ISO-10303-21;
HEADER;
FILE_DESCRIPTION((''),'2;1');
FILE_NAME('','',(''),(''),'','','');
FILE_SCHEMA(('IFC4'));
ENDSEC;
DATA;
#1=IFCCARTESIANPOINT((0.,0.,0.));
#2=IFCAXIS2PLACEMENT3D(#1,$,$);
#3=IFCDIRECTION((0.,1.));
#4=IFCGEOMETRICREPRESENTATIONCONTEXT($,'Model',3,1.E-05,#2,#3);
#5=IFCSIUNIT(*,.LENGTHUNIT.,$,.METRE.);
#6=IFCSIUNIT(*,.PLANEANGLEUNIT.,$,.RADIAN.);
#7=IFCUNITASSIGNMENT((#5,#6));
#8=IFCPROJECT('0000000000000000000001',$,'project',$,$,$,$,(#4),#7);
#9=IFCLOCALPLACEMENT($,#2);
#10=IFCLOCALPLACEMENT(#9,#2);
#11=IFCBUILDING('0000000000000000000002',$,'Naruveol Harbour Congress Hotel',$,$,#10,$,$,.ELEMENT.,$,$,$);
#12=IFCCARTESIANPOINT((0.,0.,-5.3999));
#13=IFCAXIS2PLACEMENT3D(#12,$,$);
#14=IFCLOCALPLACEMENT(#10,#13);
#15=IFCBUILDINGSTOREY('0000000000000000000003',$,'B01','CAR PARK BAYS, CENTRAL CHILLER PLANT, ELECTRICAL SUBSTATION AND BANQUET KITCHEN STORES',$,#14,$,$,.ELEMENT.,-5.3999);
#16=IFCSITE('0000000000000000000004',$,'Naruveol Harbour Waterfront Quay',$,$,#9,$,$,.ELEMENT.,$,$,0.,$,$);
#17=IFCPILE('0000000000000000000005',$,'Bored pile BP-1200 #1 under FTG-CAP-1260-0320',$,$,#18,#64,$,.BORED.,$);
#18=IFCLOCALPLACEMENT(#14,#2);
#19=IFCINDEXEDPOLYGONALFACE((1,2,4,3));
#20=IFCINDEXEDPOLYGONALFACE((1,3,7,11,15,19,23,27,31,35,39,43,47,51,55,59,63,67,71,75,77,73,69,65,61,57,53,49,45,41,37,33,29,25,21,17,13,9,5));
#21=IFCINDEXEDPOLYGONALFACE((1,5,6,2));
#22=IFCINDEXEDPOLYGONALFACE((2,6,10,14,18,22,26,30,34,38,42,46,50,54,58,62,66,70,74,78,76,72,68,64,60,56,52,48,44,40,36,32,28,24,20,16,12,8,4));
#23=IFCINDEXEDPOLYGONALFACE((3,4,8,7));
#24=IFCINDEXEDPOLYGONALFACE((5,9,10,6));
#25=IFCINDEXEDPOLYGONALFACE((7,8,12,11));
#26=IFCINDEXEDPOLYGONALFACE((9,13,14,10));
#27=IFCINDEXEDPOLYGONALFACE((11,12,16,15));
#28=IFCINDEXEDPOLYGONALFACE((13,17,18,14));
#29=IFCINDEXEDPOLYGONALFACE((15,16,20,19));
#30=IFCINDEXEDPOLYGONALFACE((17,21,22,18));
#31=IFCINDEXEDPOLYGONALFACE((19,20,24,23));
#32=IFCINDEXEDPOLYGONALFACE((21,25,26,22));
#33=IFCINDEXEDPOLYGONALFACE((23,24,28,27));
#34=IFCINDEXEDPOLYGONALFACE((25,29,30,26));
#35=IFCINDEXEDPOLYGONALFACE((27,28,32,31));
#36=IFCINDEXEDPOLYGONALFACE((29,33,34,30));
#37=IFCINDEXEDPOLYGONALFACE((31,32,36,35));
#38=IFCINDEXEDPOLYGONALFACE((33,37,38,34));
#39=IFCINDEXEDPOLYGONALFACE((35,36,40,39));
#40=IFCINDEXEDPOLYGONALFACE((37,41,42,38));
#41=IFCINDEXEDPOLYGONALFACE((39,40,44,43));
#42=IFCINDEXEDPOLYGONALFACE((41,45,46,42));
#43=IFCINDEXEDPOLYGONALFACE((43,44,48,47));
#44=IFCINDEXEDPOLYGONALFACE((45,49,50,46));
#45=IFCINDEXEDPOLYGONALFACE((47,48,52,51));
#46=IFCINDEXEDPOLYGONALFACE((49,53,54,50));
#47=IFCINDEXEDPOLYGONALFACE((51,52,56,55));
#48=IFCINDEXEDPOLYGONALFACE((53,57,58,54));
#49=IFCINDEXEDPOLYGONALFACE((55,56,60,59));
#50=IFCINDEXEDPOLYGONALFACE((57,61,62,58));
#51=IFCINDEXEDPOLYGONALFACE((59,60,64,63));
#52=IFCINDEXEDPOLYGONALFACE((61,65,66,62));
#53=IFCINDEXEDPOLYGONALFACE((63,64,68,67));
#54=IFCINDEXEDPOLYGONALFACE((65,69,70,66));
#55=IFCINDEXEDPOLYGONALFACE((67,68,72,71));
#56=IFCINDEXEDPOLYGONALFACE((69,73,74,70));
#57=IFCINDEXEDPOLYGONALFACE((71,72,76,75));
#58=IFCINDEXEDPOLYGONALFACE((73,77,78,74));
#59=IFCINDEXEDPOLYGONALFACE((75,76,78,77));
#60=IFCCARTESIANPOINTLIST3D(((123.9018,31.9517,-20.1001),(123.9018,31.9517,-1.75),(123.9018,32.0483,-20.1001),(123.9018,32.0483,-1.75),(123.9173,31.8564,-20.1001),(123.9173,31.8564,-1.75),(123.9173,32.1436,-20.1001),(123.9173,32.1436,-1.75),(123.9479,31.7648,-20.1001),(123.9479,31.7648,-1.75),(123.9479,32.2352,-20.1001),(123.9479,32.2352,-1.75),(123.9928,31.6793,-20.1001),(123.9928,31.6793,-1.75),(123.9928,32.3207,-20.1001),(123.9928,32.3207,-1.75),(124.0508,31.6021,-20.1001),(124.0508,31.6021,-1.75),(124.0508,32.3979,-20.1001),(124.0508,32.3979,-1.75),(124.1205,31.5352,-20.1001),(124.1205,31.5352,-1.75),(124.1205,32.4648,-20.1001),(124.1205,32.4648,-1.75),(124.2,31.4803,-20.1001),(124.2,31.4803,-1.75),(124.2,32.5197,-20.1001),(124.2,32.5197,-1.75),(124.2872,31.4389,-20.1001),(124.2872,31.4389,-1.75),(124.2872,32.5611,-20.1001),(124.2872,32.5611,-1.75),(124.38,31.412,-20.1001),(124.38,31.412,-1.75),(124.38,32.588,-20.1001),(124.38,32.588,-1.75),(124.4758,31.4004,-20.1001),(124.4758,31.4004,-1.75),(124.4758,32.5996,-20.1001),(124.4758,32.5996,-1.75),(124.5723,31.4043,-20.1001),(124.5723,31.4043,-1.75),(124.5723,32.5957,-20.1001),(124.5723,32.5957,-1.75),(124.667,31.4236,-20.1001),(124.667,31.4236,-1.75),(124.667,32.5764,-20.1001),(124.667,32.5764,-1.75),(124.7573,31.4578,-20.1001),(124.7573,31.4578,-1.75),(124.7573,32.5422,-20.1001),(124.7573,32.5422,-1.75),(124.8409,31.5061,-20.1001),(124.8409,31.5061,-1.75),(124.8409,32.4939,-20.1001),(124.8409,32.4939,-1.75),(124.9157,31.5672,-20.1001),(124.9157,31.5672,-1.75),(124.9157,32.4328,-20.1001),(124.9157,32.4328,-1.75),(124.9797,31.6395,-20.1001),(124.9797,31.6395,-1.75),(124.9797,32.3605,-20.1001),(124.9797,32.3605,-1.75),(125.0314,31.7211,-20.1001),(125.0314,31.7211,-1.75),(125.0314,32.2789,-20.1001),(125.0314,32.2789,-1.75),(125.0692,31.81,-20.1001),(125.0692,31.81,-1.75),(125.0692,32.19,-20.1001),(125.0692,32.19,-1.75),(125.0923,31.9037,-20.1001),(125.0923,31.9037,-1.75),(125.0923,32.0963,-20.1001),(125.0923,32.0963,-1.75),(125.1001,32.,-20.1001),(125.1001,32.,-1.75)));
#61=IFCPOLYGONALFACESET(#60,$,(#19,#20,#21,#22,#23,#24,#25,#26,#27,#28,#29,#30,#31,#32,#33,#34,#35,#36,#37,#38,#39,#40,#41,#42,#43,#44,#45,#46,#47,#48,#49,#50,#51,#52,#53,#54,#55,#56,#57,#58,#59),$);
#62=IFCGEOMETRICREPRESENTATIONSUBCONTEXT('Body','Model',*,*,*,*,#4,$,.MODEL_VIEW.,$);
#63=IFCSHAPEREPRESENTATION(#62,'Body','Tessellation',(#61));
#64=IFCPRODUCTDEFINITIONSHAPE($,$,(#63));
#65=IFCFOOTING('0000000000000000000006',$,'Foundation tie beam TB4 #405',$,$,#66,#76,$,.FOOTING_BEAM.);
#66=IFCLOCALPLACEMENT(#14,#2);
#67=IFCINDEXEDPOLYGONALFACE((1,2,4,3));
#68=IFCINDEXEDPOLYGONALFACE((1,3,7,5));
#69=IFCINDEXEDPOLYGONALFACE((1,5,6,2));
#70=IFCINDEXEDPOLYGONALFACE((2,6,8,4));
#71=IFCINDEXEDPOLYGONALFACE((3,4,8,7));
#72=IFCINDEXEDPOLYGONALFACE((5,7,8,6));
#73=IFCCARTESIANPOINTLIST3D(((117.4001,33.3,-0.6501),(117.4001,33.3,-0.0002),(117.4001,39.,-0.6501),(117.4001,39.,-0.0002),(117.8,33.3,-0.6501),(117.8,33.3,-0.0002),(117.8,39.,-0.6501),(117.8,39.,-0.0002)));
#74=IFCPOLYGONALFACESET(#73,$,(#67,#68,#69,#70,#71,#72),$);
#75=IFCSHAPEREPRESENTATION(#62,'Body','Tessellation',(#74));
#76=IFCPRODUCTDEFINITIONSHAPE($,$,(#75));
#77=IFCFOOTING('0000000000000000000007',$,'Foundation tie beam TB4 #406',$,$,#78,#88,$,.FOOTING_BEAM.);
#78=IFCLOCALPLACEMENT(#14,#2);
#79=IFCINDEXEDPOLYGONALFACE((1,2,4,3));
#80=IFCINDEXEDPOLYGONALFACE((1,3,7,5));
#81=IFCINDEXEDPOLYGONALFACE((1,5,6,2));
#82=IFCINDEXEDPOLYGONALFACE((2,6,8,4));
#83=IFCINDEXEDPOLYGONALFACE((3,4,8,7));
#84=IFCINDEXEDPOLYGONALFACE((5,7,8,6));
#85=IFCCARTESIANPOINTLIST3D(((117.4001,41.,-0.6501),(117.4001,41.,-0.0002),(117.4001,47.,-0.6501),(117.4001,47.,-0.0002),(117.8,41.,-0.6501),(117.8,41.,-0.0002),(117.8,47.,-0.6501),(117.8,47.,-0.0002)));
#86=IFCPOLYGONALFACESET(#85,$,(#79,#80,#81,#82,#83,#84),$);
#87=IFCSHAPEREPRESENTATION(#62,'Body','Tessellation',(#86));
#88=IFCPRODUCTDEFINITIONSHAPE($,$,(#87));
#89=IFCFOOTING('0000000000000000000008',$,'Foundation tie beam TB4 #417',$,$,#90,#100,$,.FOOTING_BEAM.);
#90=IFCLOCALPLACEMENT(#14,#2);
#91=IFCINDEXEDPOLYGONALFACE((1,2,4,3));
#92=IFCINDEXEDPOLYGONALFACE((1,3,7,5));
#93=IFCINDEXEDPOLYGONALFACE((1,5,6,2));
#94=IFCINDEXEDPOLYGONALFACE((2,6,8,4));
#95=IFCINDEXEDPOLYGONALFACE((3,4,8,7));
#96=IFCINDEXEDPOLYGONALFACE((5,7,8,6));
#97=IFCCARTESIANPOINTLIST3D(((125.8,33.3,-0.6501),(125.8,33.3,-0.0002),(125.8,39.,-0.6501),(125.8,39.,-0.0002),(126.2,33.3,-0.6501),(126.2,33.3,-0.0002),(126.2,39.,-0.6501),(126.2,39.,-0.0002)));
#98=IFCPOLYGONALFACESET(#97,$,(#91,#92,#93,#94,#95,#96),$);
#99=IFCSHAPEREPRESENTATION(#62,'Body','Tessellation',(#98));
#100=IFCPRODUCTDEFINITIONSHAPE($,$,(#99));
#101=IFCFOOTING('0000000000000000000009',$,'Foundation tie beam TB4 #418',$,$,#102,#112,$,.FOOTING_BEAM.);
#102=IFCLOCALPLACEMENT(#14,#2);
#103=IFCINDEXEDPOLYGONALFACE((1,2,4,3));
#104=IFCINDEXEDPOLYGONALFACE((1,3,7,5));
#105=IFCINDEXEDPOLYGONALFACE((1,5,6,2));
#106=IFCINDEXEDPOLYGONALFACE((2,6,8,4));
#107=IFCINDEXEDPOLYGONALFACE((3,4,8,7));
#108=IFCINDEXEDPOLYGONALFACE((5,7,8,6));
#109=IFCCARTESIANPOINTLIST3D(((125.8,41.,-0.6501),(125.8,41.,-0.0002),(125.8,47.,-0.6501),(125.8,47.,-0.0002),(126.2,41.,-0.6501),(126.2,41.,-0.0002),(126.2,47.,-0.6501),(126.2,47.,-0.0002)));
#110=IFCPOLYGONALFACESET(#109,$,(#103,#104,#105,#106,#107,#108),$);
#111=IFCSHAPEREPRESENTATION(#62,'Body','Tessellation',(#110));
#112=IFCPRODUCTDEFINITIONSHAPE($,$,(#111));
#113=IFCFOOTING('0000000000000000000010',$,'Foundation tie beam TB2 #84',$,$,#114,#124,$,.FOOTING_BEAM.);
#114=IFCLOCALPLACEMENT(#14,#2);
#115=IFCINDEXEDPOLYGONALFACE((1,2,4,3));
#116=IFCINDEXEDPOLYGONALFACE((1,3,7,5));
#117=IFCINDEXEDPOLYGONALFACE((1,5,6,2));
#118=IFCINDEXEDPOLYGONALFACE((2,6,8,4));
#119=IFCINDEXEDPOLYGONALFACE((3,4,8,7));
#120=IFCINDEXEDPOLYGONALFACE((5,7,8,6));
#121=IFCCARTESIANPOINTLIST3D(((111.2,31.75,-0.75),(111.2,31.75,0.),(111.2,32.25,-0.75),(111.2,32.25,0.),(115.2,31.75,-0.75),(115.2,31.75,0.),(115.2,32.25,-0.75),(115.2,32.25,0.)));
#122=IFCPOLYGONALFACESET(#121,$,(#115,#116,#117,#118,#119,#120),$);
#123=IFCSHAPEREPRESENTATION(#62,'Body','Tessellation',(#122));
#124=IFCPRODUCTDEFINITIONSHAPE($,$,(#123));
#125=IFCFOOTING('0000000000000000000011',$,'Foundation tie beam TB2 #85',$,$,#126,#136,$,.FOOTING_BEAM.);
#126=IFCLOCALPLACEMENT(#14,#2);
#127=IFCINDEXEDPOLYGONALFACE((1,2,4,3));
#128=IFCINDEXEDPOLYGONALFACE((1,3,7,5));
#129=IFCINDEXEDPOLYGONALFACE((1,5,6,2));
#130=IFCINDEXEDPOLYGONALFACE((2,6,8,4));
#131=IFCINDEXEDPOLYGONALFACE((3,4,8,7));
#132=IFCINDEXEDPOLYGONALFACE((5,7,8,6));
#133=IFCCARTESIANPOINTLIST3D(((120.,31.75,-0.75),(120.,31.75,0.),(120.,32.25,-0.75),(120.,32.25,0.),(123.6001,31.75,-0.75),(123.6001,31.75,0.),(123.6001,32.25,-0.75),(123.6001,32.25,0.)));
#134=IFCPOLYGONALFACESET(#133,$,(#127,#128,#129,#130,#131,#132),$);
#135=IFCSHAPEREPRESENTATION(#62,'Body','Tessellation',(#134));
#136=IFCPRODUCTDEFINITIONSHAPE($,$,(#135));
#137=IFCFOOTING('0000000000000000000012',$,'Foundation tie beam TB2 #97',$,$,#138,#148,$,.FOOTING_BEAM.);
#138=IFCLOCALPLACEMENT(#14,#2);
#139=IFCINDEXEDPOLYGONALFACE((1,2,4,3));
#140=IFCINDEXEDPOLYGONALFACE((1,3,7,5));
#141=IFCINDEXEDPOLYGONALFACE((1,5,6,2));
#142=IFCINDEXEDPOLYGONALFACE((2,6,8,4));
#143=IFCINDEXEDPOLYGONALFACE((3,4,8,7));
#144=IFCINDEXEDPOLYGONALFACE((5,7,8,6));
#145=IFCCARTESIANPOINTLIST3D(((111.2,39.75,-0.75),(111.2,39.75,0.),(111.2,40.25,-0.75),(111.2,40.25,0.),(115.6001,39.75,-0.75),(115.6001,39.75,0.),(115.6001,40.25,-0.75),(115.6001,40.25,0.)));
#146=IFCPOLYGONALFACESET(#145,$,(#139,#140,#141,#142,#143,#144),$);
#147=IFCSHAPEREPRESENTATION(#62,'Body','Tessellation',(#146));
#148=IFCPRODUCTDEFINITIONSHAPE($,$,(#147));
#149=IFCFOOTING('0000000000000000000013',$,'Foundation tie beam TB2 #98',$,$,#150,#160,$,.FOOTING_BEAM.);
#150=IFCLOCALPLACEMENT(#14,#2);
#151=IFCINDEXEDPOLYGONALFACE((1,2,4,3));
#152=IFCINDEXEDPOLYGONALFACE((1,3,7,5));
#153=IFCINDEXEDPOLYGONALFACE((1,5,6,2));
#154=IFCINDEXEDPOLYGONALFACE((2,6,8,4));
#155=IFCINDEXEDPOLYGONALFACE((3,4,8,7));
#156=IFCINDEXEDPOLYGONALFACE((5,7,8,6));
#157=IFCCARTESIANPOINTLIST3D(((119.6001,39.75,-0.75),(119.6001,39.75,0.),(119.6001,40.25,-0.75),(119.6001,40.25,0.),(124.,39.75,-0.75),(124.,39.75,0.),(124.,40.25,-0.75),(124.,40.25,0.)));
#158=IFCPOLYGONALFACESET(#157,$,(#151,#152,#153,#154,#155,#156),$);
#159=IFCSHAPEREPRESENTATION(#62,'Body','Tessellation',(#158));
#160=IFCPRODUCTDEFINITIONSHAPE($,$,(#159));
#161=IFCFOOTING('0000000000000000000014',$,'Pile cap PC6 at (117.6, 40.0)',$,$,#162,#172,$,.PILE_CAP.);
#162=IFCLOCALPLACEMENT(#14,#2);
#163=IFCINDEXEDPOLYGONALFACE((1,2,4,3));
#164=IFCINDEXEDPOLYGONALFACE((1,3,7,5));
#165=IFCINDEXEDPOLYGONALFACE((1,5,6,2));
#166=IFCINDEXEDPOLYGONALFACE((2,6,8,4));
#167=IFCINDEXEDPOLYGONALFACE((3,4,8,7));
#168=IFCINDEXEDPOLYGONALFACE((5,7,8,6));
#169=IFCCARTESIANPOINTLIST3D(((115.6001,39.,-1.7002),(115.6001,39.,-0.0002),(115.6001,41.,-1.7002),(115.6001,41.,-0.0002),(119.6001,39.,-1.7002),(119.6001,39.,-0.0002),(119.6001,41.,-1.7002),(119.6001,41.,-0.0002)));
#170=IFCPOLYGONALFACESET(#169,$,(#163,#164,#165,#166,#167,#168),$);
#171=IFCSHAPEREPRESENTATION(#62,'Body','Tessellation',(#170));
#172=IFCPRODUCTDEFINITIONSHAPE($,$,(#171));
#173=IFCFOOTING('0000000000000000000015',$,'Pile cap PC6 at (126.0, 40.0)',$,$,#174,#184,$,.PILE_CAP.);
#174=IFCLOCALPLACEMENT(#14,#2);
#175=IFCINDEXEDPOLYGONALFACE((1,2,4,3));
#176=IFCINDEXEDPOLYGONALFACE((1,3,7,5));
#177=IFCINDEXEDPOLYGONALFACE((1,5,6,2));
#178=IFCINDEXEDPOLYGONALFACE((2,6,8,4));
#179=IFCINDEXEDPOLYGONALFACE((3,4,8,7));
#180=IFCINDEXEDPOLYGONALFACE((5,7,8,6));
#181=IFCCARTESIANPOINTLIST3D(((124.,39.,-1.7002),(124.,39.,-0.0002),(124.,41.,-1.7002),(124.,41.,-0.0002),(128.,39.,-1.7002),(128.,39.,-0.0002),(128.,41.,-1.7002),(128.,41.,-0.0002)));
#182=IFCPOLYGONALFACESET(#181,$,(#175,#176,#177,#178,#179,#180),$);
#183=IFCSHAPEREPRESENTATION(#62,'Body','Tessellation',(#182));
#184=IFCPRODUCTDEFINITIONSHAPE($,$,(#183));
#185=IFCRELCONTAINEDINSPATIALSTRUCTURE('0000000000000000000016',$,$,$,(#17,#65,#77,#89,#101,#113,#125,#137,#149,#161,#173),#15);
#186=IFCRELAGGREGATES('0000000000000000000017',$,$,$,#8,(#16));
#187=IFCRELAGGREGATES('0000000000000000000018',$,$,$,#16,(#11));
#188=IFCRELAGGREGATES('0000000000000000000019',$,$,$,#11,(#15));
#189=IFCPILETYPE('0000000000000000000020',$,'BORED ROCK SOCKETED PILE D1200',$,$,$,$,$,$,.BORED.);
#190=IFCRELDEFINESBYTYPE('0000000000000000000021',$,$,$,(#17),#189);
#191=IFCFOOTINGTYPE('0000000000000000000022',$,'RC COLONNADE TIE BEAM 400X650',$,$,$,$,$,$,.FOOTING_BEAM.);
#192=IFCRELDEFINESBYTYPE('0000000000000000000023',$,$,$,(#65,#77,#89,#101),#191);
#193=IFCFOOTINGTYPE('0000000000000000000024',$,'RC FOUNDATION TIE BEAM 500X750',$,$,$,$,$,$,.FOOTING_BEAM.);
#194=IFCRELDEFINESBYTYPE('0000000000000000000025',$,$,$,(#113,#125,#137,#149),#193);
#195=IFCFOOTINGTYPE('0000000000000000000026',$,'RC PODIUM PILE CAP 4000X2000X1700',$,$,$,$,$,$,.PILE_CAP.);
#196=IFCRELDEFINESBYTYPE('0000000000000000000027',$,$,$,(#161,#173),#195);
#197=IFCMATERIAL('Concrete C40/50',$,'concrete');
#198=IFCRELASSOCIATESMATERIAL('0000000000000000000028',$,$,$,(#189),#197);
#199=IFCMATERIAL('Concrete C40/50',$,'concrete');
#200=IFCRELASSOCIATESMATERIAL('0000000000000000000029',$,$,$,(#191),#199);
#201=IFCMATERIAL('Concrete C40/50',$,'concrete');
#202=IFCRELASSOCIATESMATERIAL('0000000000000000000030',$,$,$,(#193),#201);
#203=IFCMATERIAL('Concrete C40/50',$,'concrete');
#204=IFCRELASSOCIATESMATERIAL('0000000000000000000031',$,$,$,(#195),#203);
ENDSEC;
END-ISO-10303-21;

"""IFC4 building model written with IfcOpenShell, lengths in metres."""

from ifc_helpers import new_model, si_unit, direction, frame, origin, origin_2d, place, context, subcontext, project, spatial, rectangle, circle, extrude, material, material_profile, profile_set, type_object, element, save


model = new_model("IFC4")

# Units and contexts
model_context = context("Model", 3, precision=1e-05, world=origin(), true_north=direction((0.0, 1.0)))
body_context = subcontext(model_context, "Body", "Model", "MODEL_VIEW")
ifc_project = project(units=[si_unit("LENGTHUNIT", "METRE"), si_unit("PLANEANGLEUNIT", "RADIAN")], contexts=[model_context])

# Site, building, storey
site_placement = place(None, origin())
site = spatial("IfcSite", under=ifc_project, at=site_placement, Name="Naruveol Harbour Waterfront Quay", CompositionType="ELEMENT", RefElevation=0.0)
building_placement = place(site_placement, origin())
building = spatial("IfcBuilding", under=site, at=building_placement, Name="Naruveol Harbour Congress Hotel", CompositionType="ELEMENT")
storey_placement = place(building_placement, frame((0.0, 0.0, -5.3999)))
storey = spatial("IfcBuildingStorey", under=building, at=storey_placement, Name="B01", Description="CAR PARK BAYS, CENTRAL CHILLER PLANT, ELECTRICAL SUBSTATION AND BANQUET KITCHEN STORES", CompositionType="ELEMENT", Elevation=-5.3999)

# Pile
ifc_material_1 = material(Name="Concrete C40/50", Category="concrete")
ifc_material_profile_1 = material_profile(ifc_material_1, circle(Radius=0.6001, at=origin_2d()), Name="BP-1200")
ifc_profile_set_1 = profile_set([ifc_material_profile_1], Name="Concrete C40/50")
pile_type_1 = type_object("IfcPileType", Name="BORED ROCK SOCKETED PILE D1200", PredefinedType="BORED", material=ifc_profile_set_1)
for number, where, z_axis, x_axis, name in (
    (1, (124.5, 32.0, -1.75), (0.0, 0.0, -1.0), (1.0, 0.0, 0.0), "Bored pile BP-1200 #1 under FTG-CAP-1260-0320"),
):
    element("IfcPile", number, at=place(storey_placement, frame(where, z_axis=z_axis, x_axis=x_axis)), inside=storey, type_object=pile_type_1, Name=name, PredefinedType="BORED", context=body_context, shape_type="SweptSolid", body=[
        extrude(circle(Radius=0.6001, at=origin_2d()), origin(), (0.0, 0.0, 1.0), 18.3501),
    ])

# Footings
ifc_material_2 = material(Name="Concrete C40/50", Category="concrete")
ifc_material_profile_2 = material_profile(ifc_material_2, rectangle(XDim=0.3999, YDim=0.6499, at=origin_2d()), Name="RCB-400x650")
ifc_profile_set_2 = profile_set([ifc_material_profile_2], Name="Concrete C40/50")
footing_type_1 = type_object("IfcFootingType", Name="RC COLONNADE TIE BEAM 400X650", PredefinedType="FOOTING_BEAM", material=ifc_profile_set_2)
footing_1_placement = place(storey_placement, frame((117.6001, 33.3, -0.3252), z_axis=(0.0, 1.0, 0.0), x_axis=(-1.0, 0.0, 0.0)))
element("IfcFooting", 2, at=footing_1_placement, inside=storey, type_object=footing_type_1, Name="Foundation tie beam TB4 #405", PredefinedType="FOOTING_BEAM", context=body_context, shape_type="SweptSolid", body=[
    extrude(rectangle(XDim=0.3999, YDim=0.6499, at=origin_2d()), origin(), (0.0, 0.0, 1.0), 5.7),
])
footing_2_placement = place(storey_placement, frame((117.6001, 41.0, -0.3252), z_axis=(0.0, 1.0, 0.0), x_axis=(-1.0, 0.0, 0.0)))
element("IfcFooting", 3, at=footing_2_placement, inside=storey, type_object=footing_type_1, Name="Foundation tie beam TB4 #406", PredefinedType="FOOTING_BEAM", context=body_context, shape_type="SweptSolid", body=[
    extrude(rectangle(XDim=0.3999, YDim=0.6499, at=origin_2d()), origin(), (0.0, 0.0, 1.0), 6.0),
])
footing_3_placement = place(storey_placement, frame((126.0, 33.3, -0.3252), z_axis=(0.0, 1.0, 0.0), x_axis=(-1.0, 0.0, 0.0)))
element("IfcFooting", 4, at=footing_3_placement, inside=storey, type_object=footing_type_1, Name="Foundation tie beam TB4 #417", PredefinedType="FOOTING_BEAM", context=body_context, shape_type="SweptSolid", body=[
    extrude(rectangle(XDim=0.3999, YDim=0.6499, at=origin_2d()), origin(), (0.0, 0.0, 1.0), 5.7),
])
footing_4_placement = place(storey_placement, frame((126.0, 41.0, -0.3252), z_axis=(0.0, 1.0, 0.0), x_axis=(-1.0, 0.0, 0.0)))
element("IfcFooting", 5, at=footing_4_placement, inside=storey, type_object=footing_type_1, Name="Foundation tie beam TB4 #418", PredefinedType="FOOTING_BEAM", context=body_context, shape_type="SweptSolid", body=[
    extrude(rectangle(XDim=0.3999, YDim=0.6499, at=origin_2d()), origin(), (0.0, 0.0, 1.0), 6.0),
])
ifc_material_3 = material(Name="Concrete C40/50", Category="concrete")
ifc_material_profile_3 = material_profile(ifc_material_3, rectangle(XDim=0.5, YDim=0.75, at=origin_2d()), Name="RCB-500x750")
ifc_profile_set_3 = profile_set([ifc_material_profile_3], Name="Concrete C40/50")
footing_type_2 = type_object("IfcFootingType", Name="RC FOUNDATION TIE BEAM 500X750", PredefinedType="FOOTING_BEAM", material=ifc_profile_set_3)
footing_5_placement = place(storey_placement, frame((111.2, 32.0, -0.375), z_axis=(1.0, 0.0, 0.0), x_axis=(0.0, 1.0, 0.0)))
element("IfcFooting", 6, at=footing_5_placement, inside=storey, type_object=footing_type_2, Name="Foundation tie beam TB2 #84", PredefinedType="FOOTING_BEAM", context=body_context, shape_type="SweptSolid", body=[
    extrude(rectangle(XDim=0.5, YDim=0.75, at=origin_2d()), origin(), (0.0, 0.0, 1.0), 4.0),
])
footing_6_placement = place(storey_placement, frame((120.0, 32.0, -0.375), z_axis=(1.0, 0.0, 0.0), x_axis=(0.0, 1.0, 0.0)))
element("IfcFooting", 7, at=footing_6_placement, inside=storey, type_object=footing_type_2, Name="Foundation tie beam TB2 #85", PredefinedType="FOOTING_BEAM", context=body_context, shape_type="SweptSolid", body=[
    extrude(rectangle(XDim=0.5, YDim=0.75, at=origin_2d()), origin(), (0.0, 0.0, 1.0), 3.6001),
])
footing_7_placement = place(storey_placement, frame((111.2, 40.0, -0.375), z_axis=(1.0, 0.0, 0.0), x_axis=(0.0, 1.0, 0.0)))
element("IfcFooting", 8, at=footing_7_placement, inside=storey, type_object=footing_type_2, Name="Foundation tie beam TB2 #97", PredefinedType="FOOTING_BEAM", context=body_context, shape_type="SweptSolid", body=[
    extrude(rectangle(XDim=0.5, YDim=0.75, at=origin_2d()), origin(), (0.0, 0.0, 1.0), 4.4001),
])
footing_8_placement = place(storey_placement, frame((119.6001, 40.0, -0.375), z_axis=(1.0, 0.0, 0.0), x_axis=(0.0, 1.0, 0.0)))
element("IfcFooting", 9, at=footing_8_placement, inside=storey, type_object=footing_type_2, Name="Foundation tie beam TB2 #98", PredefinedType="FOOTING_BEAM", context=body_context, shape_type="SweptSolid", body=[
    extrude(rectangle(XDim=0.5, YDim=0.75, at=origin_2d()), origin(), (0.0, 0.0, 1.0), 4.3999),
])
ifc_material_4 = material(Name="Concrete C40/50", Category="concrete")
footing_type_3 = type_object("IfcFootingType", Name="RC PODIUM PILE CAP 4000X2000X1700", PredefinedType="PILE_CAP", material=ifc_material_4)
for number, where, z_axis, x_axis, name in (
    (10, (117.6001, 40.0, -1.7002), (0.0, 0.0, 1.0), (1.0, 0.0, 0.0), "Pile cap PC6 at (117.6, 40.0)"),
    (11, (126.0, 40.0, -1.7002), (0.0, 0.0, 1.0), (1.0, 0.0, 0.0), "Pile cap PC6 at (126.0, 40.0)"),
):
    element("IfcFooting", number, at=place(storey_placement, frame(where, z_axis=z_axis, x_axis=x_axis)), inside=storey, type_object=footing_type_3, Name=name, PredefinedType="PILE_CAP", context=body_context, shape_type="SweptSolid", body=[
        extrude(rectangle(XDim=4.0, YDim=2.0, at=origin_2d()), origin(), (0.0, 0.0, 1.0), 1.7),
    ])

save(model, "model.ifc")
